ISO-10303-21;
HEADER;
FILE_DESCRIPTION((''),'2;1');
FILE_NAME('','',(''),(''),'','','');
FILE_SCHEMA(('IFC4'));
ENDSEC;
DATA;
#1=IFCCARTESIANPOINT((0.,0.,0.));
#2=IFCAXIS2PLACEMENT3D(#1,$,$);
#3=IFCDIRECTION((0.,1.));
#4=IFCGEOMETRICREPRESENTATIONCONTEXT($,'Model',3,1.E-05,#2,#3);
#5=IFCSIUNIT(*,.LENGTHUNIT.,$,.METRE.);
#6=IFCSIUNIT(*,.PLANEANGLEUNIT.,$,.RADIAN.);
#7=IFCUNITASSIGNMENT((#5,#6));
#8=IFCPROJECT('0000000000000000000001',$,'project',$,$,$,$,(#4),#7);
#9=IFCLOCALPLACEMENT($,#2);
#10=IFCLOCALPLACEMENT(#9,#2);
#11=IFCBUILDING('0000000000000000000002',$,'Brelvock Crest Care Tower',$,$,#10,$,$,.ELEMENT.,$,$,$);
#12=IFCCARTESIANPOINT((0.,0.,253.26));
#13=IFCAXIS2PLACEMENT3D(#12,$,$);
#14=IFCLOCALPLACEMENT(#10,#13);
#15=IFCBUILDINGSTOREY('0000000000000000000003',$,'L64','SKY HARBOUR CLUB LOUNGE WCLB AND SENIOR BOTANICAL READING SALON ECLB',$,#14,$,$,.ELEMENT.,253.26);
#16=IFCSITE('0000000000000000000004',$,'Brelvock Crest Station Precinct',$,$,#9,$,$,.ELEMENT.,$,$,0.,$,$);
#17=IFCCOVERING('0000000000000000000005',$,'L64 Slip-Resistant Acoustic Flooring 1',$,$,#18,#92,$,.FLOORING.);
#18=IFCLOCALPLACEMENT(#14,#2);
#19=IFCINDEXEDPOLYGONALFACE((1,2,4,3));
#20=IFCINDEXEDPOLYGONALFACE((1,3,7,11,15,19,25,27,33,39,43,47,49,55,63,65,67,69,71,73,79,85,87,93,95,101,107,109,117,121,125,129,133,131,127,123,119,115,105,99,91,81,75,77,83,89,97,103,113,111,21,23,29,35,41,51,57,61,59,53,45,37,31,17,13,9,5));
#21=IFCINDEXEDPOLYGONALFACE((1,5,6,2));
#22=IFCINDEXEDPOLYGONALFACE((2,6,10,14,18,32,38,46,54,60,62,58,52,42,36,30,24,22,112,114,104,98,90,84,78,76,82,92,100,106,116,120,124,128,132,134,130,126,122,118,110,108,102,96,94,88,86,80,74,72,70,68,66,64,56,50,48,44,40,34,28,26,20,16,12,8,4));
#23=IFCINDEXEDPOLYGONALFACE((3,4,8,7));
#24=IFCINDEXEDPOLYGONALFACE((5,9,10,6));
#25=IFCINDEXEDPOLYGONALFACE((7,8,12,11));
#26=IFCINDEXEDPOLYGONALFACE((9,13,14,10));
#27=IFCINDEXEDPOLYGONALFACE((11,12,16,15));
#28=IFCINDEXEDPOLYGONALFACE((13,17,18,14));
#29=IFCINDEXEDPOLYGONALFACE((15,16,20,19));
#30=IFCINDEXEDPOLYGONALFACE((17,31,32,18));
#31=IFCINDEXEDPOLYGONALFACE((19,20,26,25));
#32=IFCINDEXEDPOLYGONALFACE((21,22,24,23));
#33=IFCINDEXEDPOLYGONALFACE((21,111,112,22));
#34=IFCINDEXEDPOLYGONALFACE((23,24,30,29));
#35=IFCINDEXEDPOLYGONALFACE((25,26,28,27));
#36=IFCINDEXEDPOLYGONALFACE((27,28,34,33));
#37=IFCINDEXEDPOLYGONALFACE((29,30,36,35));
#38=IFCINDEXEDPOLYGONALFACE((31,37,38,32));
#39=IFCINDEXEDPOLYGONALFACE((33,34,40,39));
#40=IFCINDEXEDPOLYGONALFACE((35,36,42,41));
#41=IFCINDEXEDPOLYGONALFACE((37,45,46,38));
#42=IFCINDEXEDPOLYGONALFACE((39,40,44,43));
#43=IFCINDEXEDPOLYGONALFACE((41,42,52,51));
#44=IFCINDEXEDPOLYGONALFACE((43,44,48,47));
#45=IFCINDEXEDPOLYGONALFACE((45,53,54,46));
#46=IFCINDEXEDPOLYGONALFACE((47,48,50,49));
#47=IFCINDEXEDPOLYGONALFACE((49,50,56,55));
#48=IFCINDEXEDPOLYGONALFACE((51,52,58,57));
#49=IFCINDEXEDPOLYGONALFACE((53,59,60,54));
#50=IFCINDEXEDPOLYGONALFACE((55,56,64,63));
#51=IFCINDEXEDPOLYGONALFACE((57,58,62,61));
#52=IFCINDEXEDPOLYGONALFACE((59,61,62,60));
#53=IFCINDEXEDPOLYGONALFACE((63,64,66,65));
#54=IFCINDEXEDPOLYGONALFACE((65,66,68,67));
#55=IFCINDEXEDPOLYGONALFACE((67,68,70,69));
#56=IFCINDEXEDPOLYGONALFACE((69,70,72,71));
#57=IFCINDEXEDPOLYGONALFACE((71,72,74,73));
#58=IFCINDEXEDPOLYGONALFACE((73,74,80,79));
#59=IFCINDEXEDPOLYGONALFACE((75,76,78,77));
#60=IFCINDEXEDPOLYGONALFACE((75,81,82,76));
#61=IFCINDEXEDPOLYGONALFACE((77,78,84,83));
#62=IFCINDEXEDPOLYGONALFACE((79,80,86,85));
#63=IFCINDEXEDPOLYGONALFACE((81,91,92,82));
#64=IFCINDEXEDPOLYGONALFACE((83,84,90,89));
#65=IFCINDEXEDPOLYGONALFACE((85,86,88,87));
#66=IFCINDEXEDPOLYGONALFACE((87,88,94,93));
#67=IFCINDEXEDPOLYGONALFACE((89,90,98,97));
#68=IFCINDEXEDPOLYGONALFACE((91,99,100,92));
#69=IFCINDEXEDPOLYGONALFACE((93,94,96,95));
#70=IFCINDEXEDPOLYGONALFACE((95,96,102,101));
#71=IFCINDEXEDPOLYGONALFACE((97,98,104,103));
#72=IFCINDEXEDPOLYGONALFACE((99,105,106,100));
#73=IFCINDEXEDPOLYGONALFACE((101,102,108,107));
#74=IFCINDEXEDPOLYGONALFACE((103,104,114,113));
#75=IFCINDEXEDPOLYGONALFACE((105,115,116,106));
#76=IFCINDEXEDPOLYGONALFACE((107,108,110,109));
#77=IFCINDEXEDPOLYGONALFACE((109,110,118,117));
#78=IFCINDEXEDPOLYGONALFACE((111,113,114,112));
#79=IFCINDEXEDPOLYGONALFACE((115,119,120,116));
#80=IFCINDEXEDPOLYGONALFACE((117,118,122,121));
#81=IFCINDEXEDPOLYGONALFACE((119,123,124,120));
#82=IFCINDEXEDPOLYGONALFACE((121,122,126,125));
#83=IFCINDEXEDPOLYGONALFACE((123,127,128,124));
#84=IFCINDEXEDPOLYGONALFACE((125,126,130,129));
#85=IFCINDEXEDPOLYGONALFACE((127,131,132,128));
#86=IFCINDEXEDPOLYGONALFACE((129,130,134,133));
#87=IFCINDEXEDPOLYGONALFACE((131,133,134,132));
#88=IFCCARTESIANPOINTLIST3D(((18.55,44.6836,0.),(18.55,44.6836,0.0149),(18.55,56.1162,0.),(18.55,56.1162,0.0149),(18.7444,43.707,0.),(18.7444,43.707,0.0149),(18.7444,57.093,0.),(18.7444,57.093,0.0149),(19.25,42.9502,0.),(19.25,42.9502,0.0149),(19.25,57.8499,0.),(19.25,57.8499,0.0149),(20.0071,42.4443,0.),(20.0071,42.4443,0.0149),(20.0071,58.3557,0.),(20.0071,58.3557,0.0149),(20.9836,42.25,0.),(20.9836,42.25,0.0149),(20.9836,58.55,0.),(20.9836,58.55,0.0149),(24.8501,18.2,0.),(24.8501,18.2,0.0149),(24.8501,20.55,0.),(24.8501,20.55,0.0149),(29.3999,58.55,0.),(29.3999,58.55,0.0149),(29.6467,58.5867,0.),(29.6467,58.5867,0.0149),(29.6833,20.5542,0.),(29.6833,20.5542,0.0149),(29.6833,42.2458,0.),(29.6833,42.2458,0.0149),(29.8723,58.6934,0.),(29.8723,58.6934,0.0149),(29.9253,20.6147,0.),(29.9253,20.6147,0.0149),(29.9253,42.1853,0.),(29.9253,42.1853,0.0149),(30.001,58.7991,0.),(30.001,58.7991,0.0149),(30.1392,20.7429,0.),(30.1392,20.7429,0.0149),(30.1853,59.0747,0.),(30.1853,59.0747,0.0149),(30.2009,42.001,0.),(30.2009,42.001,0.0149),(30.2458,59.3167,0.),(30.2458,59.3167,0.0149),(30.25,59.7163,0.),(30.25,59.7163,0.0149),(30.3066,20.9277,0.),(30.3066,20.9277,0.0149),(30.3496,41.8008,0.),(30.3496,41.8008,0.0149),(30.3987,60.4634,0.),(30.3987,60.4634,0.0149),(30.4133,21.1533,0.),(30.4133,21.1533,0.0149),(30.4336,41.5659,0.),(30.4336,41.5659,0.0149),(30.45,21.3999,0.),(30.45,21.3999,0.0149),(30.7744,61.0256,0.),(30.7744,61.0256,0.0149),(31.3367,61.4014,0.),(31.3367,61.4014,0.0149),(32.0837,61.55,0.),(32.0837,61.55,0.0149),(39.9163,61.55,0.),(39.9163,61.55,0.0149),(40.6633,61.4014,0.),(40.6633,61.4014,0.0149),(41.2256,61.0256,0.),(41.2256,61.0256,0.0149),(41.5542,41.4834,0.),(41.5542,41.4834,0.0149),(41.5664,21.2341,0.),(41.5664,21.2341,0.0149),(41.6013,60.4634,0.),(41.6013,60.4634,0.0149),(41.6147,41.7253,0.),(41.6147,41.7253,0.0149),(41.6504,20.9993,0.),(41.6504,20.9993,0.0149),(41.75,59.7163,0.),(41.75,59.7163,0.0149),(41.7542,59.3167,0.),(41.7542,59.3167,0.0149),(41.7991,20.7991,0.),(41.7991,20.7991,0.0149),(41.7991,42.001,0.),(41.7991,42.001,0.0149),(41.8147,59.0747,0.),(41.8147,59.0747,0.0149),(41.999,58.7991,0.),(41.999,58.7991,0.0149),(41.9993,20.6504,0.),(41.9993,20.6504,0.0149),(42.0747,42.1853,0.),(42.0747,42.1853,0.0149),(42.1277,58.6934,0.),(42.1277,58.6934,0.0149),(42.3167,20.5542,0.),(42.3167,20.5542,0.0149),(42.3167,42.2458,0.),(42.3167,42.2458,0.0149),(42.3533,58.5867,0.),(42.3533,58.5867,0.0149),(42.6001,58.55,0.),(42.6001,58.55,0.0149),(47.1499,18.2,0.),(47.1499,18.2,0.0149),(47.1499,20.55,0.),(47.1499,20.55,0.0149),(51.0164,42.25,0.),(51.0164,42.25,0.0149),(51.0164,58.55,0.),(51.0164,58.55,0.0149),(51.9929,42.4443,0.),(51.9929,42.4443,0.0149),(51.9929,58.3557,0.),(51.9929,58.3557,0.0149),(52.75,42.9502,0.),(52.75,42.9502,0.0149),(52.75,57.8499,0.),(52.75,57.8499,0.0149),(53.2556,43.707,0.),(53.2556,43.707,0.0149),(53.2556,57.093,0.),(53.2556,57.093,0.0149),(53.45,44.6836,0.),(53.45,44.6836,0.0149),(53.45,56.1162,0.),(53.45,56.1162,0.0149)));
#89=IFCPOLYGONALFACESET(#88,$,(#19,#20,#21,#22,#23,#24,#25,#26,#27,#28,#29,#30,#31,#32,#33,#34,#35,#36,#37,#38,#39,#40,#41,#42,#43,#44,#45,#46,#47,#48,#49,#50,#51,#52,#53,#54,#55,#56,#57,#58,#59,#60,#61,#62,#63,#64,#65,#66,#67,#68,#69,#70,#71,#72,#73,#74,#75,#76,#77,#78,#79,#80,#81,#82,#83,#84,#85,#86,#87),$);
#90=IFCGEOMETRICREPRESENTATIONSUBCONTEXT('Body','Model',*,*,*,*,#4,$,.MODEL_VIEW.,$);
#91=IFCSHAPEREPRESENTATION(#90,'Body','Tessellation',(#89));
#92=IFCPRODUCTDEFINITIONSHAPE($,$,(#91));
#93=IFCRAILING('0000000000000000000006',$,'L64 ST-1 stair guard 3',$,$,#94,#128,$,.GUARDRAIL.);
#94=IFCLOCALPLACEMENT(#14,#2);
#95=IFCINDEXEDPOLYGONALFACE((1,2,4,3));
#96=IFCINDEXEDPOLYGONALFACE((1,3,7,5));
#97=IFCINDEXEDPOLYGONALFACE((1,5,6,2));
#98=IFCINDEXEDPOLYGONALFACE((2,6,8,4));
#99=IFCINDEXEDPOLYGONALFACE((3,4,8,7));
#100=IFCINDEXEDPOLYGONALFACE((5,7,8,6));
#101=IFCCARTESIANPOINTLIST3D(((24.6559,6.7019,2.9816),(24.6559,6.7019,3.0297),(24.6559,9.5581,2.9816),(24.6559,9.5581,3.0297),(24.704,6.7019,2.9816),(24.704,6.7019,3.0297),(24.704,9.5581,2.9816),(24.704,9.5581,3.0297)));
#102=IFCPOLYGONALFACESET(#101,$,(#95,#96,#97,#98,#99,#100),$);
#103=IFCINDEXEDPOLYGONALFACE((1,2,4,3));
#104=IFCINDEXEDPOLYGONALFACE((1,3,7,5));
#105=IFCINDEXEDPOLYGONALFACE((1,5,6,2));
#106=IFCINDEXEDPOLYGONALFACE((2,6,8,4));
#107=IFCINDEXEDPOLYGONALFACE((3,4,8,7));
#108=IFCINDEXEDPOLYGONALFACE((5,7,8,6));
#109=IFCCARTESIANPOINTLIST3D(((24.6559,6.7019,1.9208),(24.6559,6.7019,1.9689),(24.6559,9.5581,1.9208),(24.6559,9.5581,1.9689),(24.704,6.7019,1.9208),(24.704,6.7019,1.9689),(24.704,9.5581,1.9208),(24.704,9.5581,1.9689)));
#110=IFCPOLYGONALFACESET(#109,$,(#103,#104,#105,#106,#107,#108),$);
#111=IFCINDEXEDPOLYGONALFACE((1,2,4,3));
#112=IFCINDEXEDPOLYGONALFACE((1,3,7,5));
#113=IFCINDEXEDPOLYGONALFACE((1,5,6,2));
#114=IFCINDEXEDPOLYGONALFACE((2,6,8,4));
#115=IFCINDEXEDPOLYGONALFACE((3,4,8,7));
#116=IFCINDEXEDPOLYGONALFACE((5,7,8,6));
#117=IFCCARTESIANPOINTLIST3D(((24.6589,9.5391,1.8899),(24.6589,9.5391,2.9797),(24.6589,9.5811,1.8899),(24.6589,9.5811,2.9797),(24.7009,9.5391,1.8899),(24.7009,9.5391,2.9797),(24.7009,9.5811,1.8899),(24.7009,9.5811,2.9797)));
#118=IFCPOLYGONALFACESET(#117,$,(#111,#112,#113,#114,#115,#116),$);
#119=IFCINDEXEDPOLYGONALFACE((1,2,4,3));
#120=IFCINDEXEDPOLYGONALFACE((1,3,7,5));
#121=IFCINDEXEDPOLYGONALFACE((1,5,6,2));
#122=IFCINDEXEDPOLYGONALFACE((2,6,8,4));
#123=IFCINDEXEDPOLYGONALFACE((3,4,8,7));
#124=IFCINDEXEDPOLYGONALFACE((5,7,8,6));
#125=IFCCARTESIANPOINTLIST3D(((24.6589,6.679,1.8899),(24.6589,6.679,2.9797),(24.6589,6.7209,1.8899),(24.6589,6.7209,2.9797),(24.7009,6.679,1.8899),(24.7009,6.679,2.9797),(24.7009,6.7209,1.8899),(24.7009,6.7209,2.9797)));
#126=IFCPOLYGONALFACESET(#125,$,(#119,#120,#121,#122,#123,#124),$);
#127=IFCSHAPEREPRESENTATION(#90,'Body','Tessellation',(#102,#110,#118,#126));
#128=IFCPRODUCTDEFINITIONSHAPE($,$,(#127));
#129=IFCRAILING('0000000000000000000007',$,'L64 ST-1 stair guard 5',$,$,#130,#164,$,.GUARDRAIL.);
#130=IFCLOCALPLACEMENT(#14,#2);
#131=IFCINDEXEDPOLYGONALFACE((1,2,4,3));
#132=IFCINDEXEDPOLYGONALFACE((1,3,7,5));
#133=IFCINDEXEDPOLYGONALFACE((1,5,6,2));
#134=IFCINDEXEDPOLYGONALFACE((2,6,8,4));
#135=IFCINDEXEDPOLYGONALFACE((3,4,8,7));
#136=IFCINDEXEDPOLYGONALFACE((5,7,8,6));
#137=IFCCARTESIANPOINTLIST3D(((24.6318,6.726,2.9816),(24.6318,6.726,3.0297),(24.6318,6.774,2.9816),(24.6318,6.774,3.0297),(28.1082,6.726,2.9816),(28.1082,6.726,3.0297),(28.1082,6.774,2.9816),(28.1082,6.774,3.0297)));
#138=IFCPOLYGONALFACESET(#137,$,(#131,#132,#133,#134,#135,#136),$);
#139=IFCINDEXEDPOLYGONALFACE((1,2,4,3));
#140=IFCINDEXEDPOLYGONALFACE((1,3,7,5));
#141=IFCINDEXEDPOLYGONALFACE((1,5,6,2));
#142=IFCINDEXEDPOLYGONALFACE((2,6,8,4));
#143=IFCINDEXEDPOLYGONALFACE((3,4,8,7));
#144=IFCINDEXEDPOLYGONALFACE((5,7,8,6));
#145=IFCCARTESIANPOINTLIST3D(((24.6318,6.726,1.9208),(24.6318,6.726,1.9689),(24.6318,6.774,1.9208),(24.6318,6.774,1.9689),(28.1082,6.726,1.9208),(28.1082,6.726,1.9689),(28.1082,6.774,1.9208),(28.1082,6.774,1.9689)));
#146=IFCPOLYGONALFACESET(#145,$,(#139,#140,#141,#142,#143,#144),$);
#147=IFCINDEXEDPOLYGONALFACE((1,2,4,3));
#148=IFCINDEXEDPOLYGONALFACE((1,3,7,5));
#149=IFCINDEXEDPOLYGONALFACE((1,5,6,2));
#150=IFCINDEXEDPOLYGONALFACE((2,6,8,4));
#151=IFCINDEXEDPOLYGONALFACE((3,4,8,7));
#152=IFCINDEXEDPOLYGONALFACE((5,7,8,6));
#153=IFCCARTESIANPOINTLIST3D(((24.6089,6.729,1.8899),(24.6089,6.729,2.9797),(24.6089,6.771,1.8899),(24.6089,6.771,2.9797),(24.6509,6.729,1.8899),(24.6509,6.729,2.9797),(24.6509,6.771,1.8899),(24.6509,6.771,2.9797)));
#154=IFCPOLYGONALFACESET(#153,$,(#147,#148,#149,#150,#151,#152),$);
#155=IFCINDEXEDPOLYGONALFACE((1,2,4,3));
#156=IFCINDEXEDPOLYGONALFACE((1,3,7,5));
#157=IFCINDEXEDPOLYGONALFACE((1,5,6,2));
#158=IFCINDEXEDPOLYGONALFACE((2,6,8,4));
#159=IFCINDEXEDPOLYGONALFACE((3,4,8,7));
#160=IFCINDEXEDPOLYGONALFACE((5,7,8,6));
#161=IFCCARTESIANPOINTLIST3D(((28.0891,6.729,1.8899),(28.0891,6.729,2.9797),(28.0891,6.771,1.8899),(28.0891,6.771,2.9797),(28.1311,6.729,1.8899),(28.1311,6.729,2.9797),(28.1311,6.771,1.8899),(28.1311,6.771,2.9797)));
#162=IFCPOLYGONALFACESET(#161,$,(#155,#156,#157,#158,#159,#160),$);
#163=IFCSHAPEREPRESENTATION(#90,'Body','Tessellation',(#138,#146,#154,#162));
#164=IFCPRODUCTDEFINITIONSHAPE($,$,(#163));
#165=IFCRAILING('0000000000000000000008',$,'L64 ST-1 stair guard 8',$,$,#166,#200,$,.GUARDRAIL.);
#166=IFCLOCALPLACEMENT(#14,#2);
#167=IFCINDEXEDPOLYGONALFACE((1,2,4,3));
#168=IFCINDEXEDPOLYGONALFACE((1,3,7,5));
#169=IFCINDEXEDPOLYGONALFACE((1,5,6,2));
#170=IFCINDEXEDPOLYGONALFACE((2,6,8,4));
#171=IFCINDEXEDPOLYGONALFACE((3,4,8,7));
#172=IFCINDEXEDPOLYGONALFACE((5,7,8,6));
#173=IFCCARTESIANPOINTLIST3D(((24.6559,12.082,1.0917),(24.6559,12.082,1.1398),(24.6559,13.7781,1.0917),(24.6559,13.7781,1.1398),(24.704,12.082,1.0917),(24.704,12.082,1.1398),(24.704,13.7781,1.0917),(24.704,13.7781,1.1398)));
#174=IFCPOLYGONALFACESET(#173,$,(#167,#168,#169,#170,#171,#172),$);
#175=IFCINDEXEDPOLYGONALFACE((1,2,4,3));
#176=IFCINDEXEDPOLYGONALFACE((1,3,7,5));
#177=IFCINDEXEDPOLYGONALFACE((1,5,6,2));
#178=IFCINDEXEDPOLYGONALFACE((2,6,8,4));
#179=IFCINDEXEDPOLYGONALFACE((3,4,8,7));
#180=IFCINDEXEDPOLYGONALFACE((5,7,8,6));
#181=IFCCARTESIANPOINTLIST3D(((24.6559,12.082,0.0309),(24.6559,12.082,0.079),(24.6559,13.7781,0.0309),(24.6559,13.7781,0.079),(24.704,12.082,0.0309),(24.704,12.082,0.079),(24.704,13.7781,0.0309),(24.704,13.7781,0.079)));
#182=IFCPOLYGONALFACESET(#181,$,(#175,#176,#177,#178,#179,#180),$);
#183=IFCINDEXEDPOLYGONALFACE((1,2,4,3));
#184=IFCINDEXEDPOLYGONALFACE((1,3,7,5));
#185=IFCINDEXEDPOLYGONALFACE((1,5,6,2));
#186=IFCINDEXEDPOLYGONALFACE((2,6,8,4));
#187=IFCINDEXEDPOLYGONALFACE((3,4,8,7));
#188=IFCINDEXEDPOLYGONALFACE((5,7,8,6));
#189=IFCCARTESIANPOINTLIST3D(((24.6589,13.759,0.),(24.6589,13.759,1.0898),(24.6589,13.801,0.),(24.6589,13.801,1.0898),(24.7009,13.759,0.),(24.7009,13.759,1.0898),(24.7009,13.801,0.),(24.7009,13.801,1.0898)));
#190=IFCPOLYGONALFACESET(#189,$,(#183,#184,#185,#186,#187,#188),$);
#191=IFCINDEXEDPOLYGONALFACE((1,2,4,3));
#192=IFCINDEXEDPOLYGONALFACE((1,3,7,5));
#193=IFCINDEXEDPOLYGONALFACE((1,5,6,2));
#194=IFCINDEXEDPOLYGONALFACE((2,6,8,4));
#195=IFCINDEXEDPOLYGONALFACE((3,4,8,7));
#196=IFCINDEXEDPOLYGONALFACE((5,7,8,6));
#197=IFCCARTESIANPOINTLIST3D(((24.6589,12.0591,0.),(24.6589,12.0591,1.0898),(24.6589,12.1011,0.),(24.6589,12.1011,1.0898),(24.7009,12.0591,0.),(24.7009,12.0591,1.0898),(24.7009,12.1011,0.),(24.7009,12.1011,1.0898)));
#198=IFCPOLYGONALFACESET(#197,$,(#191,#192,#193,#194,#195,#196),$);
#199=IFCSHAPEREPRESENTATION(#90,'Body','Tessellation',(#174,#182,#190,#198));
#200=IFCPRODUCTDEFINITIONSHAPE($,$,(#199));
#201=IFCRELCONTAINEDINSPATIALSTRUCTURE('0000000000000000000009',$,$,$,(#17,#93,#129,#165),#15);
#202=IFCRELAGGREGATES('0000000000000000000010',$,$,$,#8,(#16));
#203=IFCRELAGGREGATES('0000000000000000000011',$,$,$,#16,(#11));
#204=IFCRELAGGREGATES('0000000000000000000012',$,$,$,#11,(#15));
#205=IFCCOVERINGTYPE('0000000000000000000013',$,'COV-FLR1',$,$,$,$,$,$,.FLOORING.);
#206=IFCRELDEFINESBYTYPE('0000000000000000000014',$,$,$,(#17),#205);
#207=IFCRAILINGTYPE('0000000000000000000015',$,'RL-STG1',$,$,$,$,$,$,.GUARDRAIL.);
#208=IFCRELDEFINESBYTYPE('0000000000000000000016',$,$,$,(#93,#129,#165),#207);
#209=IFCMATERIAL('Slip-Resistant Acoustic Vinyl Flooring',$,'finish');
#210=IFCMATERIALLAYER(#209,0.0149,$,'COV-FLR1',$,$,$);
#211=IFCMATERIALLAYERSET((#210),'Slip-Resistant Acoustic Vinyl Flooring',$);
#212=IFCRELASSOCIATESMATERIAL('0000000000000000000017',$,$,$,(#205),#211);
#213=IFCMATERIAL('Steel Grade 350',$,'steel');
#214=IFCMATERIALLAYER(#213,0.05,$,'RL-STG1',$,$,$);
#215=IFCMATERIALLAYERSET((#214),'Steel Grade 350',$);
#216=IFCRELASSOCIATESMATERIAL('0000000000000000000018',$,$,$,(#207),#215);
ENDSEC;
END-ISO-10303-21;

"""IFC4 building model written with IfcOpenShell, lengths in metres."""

from ifc_helpers import new_model, si_unit, direction, frame, origin, origin_2d, place, context, subcontext, project, spatial, polyline, rectangle, outline, extrude, material, layer, layer_set, type_object, element, save


model = new_model("IFC4")

# Units and contexts
model_context = context("Model", 3, precision=1e-05, world=origin(), true_north=direction((0.0, 1.0)))
body_context = subcontext(model_context, "Body", "Model", "MODEL_VIEW")
ifc_project = project(units=[si_unit("LENGTHUNIT", "METRE"), si_unit("PLANEANGLEUNIT", "RADIAN")], contexts=[model_context])

# Site, building, storey
site_placement = place(None, origin())
site = spatial("IfcSite", under=ifc_project, at=site_placement, Name="Brelvock Crest Station Precinct", CompositionType="ELEMENT", RefElevation=0.0)
building_placement = place(site_placement, origin())
building = spatial("IfcBuilding", under=site, at=building_placement, Name="Brelvock Crest Care Tower", CompositionType="ELEMENT")
storey_placement = place(building_placement, frame((0.0, 0.0, 253.26)))
storey = spatial("IfcBuildingStorey", under=building, at=storey_placement, Name="L64", Description="SKY HARBOUR CLUB LOUNGE WCLB AND SENIOR BOTANICAL READING SALON ECLB", CompositionType="ELEMENT", Elevation=253.26)

# Shared definitions
ifc_material_1 = material(Name="Steel Grade 350", Category="steel")

# Covering
ifc_material_2 = material(Name="Slip-Resistant Acoustic Vinyl Flooring", Category="finish")
ifc_layer_1 = layer(ifc_material_2, 0.0149, Name="COV-FLR1")
ifc_layer_set_1 = layer_set([ifc_layer_1], Name="Slip-Resistant Acoustic Vinyl Flooring")
covering_type_1 = type_object("IfcCoveringType", Name="COV-FLR1", PredefinedType="FLOORING", material=ifc_layer_set_1)
covering_1_placement = place(storey_placement, origin())
element("IfcCovering", 1, at=covering_1_placement, inside=storey, type_object=covering_type_1, Name="L64 Slip-Resistant Acoustic Flooring 1", PredefinedType="FLOORING", context=body_context, shape_type="SweptSolid", body=[
    extrude(outline(polyline([(24.8501, 18.2), (47.1499, 18.2), (47.1499, 20.55), (42.3167, 20.5542), (41.9993, 20.6504), (41.7991, 20.7991), (41.6504, 20.9993), (41.5664, 21.2341), (41.5542, 41.4834), (41.6147, 41.7253), (41.7991, 42.001), (42.0747, 42.1853), (42.3167, 42.2458), (51.0164, 42.25), (51.9929, 42.4443), (52.75, 42.9502), (53.2556, 43.707), (53.45, 44.6836), (53.45, 56.1162), (53.2556, 57.093), (52.75, 57.8499), (51.9929, 58.3557), (51.0164, 58.55), (42.6001, 58.55), (42.3533, 58.5867), (42.1277, 58.6934), (41.999, 58.7991), (41.8147, 59.0747), (41.7542, 59.3167), (41.75, 59.7163), (41.6013, 60.4634), (41.2256, 61.0256), (40.6633, 61.4014), (39.9163, 61.55), (32.0837, 61.55), (31.3367, 61.4014), (30.7744, 61.0256), (30.3987, 60.4634), (30.25, 59.7163), (30.2458, 59.3167), (30.1853, 59.0747), (30.001, 58.7991), (29.8723, 58.6934), (29.6467, 58.5867), (29.3999, 58.55), (20.9836, 58.55), (20.0071, 58.3557), (19.25, 57.8499), (18.7444, 57.093), (18.55, 56.1162), (18.55, 44.6836), (18.7444, 43.707), (19.25, 42.9502), (20.0071, 42.4443), (20.9836, 42.25), (29.6833, 42.2458), (29.9253, 42.1853), (30.2009, 42.001), (30.3496, 41.8008), (30.4336, 41.5659), (30.45, 21.3999), (30.4133, 21.1533), (30.3066, 20.9277), (30.1392, 20.7429), (29.9253, 20.6147), (29.6833, 20.5542), (24.8501, 20.55), (24.8501, 18.2)])), origin(), (0.0, 0.0, 1.0), 0.0149),
])

# Railings
ifc_layer_2 = layer(ifc_material_1, 0.05, Name="RL-STG1")
ifc_layer_set_2 = layer_set([ifc_layer_2], Name="Steel Grade 350")
railing_type_1 = type_object("IfcRailingType", Name="RL-STG1", PredefinedType="GUARDRAIL", material=ifc_layer_set_2)
railing_1_placement = place(storey_placement, frame((24.6799, 9.5601, 1.8899)))
element("IfcRailing", 2, at=railing_1_placement, inside=storey, type_object=railing_type_1, Name="L64 ST-1 stair guard 3", PredefinedType="GUARDRAIL", context=body_context, shape_type="SweptSolid", body=[
    extrude(rectangle(XDim=0.0481, YDim=0.0481, at=origin_2d()), frame((0.0, -0.002, 1.1157), z_axis=(0.0, -1.0, 0.0), x_axis=(1.0, 0.0, 0.0)), (0.0, 0.0, 1.0), 2.8562),
    extrude(rectangle(XDim=0.0481, YDim=0.0481, at=origin_2d()), frame((0.0, -0.002, 0.0549), z_axis=(0.0, -1.0, 0.0), x_axis=(1.0, 0.0, 0.0)), (0.0, 0.0, 1.0), 2.8562),
    extrude(rectangle(XDim=0.042, YDim=0.042, at=origin_2d()), origin(), (0.0, 0.0, 1.0), 1.0898),
    extrude(rectangle(XDim=0.042, YDim=0.042, at=origin_2d()), frame((0.0, -2.8601, 0.0)), (0.0, 0.0, 1.0), 1.0898),
])
railing_2_placement = place(storey_placement, frame((24.6299, 6.75, 1.8899)))
element("IfcRailing", 3, at=railing_2_placement, inside=storey, type_object=railing_type_1, Name="L64 ST-1 stair guard 5", PredefinedType="GUARDRAIL", context=body_context, shape_type="SweptSolid", body=[
    extrude(rectangle(XDim=0.0481, YDim=0.0481, at=origin_2d()), frame((0.002, 0.0, 1.1157), z_axis=(1.0, 0.0, 0.0), x_axis=(0.0, 1.0, 0.0)), (0.0, 0.0, 1.0), 3.4763),
    extrude(rectangle(XDim=0.0481, YDim=0.0481, at=origin_2d()), frame((0.002, 0.0, 0.0549), z_axis=(1.0, 0.0, 0.0), x_axis=(0.0, 1.0, 0.0)), (0.0, 0.0, 1.0), 3.4763),
    extrude(rectangle(XDim=0.042, YDim=0.042, at=origin_2d()), origin(), (0.0, 0.0, 1.0), 1.0898),
    extrude(rectangle(XDim=0.042, YDim=0.042, at=origin_2d()), frame((3.4802, 0.0, 0.0)), (0.0, 0.0, 1.0), 1.0898),
])
railing_3_placement = place(storey_placement, frame((24.6799, 13.78, 0.0)))
element("IfcRailing", 4, at=railing_3_placement, inside=storey, type_object=railing_type_1, Name="L64 ST-1 stair guard 8", PredefinedType="GUARDRAIL", context=body_context, shape_type="SweptSolid", body=[
    extrude(rectangle(XDim=0.0481, YDim=0.0481, at=origin_2d()), frame((0.0, -0.002, 1.1157), z_axis=(0.0, -1.0, 0.0), x_axis=(1.0, 0.0, 0.0)), (0.0, 0.0, 1.0), 1.696),
    extrude(rectangle(XDim=0.0481, YDim=0.0481, at=origin_2d()), frame((0.0, -0.002, 0.0549), z_axis=(0.0, -1.0, 0.0), x_axis=(1.0, 0.0, 0.0)), (0.0, 0.0, 1.0), 1.696),
    extrude(rectangle(XDim=0.042, YDim=0.042, at=origin_2d()), origin(), (0.0, 0.0, 1.0), 1.0898),
    extrude(rectangle(XDim=0.042, YDim=0.042, at=origin_2d()), frame((0.0, -1.7, 0.0)), (0.0, 0.0, 1.0), 1.0898),
])

save(model, "model.ifc")
